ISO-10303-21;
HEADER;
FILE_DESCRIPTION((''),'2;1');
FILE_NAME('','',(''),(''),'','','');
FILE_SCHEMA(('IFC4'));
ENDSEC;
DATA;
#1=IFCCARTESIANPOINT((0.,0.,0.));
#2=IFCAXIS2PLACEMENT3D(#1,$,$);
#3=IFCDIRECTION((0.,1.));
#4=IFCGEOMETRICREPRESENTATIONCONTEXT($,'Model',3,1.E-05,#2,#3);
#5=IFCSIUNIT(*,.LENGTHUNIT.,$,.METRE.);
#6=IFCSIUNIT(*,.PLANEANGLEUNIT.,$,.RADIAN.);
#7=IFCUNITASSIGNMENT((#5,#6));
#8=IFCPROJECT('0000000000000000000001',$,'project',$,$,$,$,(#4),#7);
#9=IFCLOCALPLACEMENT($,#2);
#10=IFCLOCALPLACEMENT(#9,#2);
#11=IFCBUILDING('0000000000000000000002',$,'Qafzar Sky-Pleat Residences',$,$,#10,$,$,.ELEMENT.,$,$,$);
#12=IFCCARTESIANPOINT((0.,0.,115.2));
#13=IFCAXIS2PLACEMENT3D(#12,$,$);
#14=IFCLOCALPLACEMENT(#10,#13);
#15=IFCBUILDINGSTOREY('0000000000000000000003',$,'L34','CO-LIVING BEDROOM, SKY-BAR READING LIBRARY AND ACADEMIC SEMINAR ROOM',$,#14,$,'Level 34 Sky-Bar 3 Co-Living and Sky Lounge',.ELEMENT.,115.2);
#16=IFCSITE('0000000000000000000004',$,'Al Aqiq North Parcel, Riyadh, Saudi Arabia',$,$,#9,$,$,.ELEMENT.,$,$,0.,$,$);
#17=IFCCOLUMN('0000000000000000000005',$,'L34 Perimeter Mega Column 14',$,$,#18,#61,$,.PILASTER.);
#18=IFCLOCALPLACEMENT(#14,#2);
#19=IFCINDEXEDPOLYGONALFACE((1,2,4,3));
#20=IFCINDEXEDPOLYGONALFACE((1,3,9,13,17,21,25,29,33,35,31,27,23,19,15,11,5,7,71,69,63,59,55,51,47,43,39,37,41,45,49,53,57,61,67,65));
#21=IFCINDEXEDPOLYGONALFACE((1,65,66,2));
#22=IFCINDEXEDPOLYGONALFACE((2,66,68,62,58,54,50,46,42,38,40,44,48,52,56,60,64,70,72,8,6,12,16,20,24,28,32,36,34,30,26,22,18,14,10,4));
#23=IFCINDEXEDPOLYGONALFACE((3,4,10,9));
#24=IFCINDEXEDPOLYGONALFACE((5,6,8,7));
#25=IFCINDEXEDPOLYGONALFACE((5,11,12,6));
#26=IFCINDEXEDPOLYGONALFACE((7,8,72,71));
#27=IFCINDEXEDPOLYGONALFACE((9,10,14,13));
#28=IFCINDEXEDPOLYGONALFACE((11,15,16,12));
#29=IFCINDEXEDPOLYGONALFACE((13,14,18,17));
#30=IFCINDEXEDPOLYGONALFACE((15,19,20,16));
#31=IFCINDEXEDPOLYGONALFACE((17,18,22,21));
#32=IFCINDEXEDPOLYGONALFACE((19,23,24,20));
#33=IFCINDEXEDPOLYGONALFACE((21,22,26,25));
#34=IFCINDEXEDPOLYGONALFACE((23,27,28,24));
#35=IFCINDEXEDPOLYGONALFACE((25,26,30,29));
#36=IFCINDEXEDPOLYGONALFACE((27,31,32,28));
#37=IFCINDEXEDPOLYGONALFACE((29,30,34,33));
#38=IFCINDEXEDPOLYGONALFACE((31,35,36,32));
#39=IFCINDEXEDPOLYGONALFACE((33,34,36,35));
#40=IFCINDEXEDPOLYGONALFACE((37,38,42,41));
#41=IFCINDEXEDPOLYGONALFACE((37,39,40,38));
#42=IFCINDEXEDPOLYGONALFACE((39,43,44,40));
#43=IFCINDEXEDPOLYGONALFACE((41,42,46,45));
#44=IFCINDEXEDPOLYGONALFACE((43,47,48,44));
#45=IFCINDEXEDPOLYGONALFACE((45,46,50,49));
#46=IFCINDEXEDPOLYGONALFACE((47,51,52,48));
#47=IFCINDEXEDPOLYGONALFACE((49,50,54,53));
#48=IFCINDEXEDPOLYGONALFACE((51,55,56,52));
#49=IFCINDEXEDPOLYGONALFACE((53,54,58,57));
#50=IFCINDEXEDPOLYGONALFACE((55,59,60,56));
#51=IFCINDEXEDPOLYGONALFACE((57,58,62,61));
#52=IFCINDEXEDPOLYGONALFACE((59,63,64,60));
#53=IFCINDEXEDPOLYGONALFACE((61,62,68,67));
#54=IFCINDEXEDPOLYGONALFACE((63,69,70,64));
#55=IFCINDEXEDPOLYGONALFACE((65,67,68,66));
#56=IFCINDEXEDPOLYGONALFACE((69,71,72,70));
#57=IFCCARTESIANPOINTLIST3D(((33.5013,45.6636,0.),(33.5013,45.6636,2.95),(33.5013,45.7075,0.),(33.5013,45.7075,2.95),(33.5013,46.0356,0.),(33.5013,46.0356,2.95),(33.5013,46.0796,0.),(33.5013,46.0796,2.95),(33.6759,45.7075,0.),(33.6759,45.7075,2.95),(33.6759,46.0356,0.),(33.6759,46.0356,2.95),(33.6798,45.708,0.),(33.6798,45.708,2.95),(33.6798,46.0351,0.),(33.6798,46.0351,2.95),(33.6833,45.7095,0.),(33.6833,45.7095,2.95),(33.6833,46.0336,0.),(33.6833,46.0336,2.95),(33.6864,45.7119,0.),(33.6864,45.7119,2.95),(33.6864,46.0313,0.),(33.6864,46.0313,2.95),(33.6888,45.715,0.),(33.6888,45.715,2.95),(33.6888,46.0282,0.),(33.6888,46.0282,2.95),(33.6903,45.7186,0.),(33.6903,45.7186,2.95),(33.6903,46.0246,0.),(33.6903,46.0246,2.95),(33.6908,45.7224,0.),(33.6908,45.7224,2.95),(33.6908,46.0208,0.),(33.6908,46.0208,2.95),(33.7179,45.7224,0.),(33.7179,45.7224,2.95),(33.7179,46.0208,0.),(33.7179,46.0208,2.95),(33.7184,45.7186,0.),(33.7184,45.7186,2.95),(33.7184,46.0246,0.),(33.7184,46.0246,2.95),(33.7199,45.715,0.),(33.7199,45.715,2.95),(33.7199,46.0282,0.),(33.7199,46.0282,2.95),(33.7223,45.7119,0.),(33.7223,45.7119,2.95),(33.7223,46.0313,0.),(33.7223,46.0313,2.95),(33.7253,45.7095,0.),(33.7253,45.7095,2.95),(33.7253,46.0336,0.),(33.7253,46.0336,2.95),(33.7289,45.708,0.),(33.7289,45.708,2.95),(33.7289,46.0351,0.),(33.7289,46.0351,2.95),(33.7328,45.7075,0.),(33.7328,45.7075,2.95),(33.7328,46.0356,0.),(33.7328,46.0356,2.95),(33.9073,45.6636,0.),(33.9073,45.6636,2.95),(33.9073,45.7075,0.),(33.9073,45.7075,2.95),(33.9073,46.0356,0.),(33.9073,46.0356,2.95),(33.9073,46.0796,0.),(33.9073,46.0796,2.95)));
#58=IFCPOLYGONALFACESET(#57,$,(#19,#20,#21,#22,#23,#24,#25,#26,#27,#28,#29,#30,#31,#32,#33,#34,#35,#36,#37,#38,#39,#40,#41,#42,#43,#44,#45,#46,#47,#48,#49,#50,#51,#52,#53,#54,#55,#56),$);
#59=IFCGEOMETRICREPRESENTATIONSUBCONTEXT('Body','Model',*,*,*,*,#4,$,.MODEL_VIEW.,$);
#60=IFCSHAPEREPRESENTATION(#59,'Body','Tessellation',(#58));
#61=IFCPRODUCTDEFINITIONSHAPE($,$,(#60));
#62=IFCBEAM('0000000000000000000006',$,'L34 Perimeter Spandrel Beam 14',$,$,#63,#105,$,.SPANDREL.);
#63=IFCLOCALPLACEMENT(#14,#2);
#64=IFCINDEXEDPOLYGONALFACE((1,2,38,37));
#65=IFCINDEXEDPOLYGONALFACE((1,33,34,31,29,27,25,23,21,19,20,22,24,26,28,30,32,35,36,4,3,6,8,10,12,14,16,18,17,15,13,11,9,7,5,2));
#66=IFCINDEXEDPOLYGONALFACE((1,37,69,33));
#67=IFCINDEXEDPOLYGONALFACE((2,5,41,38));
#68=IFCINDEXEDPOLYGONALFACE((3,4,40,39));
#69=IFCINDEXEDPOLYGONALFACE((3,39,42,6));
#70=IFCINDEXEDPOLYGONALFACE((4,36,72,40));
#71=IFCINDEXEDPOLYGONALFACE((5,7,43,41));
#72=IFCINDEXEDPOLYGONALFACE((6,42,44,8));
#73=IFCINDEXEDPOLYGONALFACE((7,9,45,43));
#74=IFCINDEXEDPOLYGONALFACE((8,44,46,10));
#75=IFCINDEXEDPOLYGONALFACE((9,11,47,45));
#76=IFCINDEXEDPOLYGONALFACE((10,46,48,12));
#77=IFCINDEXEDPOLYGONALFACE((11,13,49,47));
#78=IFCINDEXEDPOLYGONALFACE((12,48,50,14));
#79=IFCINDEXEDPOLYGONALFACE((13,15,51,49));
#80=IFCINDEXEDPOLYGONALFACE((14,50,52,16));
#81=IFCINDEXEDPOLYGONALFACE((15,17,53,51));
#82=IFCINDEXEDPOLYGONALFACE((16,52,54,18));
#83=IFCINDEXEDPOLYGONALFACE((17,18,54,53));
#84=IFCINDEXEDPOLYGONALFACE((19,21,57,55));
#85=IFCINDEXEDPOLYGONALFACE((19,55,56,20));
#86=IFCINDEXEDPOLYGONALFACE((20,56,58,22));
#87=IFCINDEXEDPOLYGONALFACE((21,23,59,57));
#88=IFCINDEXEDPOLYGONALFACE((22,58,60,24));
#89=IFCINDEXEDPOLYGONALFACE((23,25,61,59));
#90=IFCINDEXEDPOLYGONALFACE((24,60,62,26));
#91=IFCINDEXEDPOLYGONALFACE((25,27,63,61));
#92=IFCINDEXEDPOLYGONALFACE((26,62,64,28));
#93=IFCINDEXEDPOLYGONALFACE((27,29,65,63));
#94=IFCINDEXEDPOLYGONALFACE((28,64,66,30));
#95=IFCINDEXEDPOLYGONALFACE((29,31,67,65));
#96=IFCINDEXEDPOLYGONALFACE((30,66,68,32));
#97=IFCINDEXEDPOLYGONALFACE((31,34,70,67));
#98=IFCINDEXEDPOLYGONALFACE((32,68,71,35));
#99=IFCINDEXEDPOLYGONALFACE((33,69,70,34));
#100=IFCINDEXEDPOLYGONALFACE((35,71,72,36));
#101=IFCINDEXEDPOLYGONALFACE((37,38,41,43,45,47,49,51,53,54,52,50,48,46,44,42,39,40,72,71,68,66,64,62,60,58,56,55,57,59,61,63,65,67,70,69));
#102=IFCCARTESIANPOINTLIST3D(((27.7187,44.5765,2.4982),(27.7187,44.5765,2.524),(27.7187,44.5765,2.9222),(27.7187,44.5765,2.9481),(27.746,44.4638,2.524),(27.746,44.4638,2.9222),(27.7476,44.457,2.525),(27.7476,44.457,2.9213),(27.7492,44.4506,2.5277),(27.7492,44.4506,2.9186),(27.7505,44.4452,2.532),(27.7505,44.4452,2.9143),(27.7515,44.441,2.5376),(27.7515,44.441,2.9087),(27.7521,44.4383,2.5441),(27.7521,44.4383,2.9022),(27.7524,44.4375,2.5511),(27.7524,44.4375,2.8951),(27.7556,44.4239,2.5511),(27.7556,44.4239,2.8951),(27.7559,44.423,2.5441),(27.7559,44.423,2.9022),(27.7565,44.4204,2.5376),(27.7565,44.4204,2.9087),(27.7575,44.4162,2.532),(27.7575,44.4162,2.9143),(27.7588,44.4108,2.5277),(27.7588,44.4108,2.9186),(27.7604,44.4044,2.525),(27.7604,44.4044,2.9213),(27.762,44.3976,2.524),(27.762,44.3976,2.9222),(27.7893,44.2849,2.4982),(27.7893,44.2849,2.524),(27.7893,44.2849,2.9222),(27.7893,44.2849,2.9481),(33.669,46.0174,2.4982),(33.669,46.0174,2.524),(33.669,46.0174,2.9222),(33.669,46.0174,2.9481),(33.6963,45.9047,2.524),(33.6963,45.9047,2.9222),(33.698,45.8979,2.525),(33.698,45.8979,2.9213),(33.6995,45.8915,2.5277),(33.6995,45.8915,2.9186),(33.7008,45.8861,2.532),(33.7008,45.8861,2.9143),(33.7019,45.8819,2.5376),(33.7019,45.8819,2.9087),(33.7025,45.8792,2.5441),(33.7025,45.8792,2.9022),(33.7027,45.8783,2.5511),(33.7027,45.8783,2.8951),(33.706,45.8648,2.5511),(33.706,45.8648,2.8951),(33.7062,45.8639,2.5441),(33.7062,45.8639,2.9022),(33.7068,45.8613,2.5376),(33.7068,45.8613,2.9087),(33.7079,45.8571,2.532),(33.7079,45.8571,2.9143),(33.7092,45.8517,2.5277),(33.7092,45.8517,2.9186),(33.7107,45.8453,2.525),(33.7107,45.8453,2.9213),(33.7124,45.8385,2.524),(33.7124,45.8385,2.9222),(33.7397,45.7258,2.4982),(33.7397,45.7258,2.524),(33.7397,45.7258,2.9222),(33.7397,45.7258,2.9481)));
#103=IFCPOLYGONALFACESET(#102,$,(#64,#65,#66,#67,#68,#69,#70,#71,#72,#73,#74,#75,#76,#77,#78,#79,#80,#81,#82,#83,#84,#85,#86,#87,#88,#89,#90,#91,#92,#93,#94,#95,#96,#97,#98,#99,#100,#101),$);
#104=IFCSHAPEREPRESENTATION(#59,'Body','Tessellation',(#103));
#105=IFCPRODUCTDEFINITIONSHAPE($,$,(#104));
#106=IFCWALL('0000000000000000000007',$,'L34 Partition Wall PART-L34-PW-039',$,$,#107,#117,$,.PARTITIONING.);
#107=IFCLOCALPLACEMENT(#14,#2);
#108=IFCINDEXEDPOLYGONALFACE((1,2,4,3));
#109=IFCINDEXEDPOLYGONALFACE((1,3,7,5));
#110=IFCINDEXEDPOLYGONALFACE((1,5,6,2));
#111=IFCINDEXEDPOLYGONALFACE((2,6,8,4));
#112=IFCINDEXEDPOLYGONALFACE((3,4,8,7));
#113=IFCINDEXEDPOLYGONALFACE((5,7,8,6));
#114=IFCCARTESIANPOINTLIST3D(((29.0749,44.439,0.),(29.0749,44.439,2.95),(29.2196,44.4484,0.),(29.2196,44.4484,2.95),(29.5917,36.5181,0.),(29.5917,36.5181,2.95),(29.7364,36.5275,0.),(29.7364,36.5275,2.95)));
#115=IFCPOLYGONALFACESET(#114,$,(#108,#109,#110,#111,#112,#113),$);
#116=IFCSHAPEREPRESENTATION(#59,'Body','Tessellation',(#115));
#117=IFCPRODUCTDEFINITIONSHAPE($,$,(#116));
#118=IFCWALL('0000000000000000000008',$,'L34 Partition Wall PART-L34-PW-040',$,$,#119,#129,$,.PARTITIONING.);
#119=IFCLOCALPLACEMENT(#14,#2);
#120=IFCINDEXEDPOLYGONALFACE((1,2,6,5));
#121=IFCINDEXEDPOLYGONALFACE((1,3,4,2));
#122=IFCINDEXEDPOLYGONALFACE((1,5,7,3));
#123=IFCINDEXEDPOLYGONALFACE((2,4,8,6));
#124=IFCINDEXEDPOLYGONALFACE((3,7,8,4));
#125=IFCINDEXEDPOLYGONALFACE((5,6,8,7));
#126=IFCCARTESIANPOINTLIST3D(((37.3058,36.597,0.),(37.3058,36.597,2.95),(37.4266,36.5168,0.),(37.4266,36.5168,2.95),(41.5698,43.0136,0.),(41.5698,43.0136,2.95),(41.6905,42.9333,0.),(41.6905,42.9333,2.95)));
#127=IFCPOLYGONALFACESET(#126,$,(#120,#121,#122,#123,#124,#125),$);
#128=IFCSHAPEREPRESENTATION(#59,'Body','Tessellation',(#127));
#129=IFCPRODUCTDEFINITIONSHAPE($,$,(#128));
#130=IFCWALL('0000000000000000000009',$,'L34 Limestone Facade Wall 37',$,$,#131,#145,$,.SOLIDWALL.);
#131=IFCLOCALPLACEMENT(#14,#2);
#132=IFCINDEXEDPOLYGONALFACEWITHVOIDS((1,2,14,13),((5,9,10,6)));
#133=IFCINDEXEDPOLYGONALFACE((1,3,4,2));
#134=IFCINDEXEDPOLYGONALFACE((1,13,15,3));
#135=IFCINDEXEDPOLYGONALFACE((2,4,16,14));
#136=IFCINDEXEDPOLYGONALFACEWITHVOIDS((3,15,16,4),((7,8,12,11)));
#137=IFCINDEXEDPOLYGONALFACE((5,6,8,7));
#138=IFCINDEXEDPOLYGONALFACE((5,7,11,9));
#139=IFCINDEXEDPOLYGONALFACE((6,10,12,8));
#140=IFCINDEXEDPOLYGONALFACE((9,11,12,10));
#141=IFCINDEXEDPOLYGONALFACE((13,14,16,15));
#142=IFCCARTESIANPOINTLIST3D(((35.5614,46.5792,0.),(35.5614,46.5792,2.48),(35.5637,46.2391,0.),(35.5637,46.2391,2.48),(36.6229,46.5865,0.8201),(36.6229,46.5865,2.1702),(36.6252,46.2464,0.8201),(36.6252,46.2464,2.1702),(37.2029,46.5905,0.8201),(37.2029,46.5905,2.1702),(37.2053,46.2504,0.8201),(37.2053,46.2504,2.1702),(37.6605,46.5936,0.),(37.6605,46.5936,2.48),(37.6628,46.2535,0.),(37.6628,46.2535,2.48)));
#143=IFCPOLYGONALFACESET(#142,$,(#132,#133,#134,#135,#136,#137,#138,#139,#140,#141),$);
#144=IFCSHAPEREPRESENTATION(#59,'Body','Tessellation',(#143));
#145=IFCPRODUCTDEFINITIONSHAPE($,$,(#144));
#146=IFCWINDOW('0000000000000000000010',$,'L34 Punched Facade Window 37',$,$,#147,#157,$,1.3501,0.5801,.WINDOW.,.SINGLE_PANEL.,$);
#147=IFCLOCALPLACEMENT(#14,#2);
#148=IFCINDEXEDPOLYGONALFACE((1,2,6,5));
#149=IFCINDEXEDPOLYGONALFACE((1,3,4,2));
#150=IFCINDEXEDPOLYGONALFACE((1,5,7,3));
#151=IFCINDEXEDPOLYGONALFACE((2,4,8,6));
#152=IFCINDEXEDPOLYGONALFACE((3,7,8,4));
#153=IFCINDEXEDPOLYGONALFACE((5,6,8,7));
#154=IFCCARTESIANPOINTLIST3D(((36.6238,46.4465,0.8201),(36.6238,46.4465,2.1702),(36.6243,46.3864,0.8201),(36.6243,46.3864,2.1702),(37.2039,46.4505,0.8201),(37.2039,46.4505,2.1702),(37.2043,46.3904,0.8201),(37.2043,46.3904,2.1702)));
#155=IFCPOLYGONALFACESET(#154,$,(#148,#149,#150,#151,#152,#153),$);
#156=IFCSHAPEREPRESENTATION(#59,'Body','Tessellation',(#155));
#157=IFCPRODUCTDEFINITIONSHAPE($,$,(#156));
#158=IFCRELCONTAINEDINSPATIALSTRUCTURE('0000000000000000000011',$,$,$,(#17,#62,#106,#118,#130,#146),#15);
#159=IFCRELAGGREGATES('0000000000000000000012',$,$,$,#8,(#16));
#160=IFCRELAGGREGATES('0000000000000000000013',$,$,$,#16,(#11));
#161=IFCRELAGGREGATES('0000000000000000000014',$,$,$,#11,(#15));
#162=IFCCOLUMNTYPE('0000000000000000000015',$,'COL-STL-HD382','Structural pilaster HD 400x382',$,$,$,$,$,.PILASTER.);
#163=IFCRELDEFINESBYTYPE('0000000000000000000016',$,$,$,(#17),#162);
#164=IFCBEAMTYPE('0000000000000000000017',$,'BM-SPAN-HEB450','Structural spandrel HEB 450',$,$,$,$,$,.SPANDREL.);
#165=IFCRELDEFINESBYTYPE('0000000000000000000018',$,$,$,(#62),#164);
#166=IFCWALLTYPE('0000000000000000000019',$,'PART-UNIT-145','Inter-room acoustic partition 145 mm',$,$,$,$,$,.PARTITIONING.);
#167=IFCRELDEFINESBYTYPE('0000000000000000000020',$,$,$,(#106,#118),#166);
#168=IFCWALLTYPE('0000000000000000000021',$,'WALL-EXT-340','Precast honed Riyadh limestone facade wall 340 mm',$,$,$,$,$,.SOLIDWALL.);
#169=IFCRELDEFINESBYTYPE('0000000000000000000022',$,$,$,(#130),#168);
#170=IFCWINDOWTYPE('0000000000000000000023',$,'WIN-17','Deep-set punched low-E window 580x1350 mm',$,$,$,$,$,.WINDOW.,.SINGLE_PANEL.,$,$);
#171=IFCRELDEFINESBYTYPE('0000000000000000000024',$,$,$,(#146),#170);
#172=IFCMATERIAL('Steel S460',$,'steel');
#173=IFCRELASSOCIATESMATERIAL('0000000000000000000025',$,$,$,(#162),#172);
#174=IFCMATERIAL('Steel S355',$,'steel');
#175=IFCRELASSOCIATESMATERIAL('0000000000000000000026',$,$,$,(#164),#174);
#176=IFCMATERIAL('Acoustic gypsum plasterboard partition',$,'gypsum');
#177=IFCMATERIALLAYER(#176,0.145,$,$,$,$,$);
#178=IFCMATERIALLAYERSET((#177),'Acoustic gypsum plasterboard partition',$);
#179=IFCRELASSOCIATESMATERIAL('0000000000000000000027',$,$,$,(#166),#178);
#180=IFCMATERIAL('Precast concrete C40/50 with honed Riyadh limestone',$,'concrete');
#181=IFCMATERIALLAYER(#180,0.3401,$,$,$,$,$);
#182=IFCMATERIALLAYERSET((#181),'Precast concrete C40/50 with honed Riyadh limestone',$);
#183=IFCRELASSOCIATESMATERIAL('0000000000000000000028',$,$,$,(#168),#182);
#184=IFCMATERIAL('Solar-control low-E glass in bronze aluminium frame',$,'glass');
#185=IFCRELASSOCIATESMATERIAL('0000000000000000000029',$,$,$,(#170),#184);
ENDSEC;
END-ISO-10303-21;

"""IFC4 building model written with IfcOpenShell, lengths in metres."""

from ifc_helpers import new_model, si_unit, direction, frame, frame_2d, origin, origin_2d, place, context, subcontext, project, spatial, rectangle, i_section, extrude, source, transform, mapped, material, layer, layer_set, material_profile, profile_set, type_object, element, fill, save


model = new_model("IFC4")

# Units and contexts
model_context = context("Model", 3, precision=1e-05, world=origin(), true_north=direction((0.0, 1.0)))
body_context = subcontext(model_context, "Body", "Model", "MODEL_VIEW")
ifc_project = project(units=[si_unit("LENGTHUNIT", "METRE"), si_unit("PLANEANGLEUNIT", "RADIAN")], contexts=[model_context])

# Site, building, storey
site_placement = place(None, origin())
site = spatial("IfcSite", under=ifc_project, at=site_placement, Name="Al Aqiq North Parcel, Riyadh, Saudi Arabia", CompositionType="ELEMENT", RefElevation=0.0)
building_placement = place(site_placement, origin())
building = spatial("IfcBuilding", under=site, at=building_placement, Name="Qafzar Sky-Pleat Residences", CompositionType="ELEMENT")
storey_placement = place(building_placement, frame((0.0, 0.0, 115.2)))
storey = spatial("IfcBuildingStorey", under=building, at=storey_placement, Name="L34", Description="CO-LIVING BEDROOM, SKY-BAR READING LIBRARY AND ACADEMIC SEMINAR ROOM", LongName="Level 34 Sky-Bar 3 Co-Living and Sky Lounge", CompositionType="ELEMENT", Elevation=115.2)

# Column
ifc_material_1 = material(Name="Steel S460", Category="steel")
ifc_material_profile_1 = material_profile(ifc_material_1, i_section(OverallWidth=0.406, OverallDepth=0.416, WebThickness=0.0271, FlangeThickness=0.0439, FilletRadius=0.0149, at=origin_2d()), Name="HD 400x382")
ifc_profile_set_1 = profile_set([ifc_material_profile_1], Name="Steel S460")
column_type = type_object("IfcColumnType", Name="COL-STL-HD382", Description="Structural pilaster HD 400x382", PredefinedType="PILASTER", material=ifc_profile_set_1)
shared_shape_1 = source(origin(), body_context, "Body", "SweptSolid", [
    extrude(i_section(OverallWidth=0.406, OverallDepth=0.416, WebThickness=0.0271, FlangeThickness=0.0439, FilletRadius=0.0149, at=origin_2d()), origin(), (0.0, 0.0, 1.0), 2.95),
])
column_placement = place(storey_placement, frame((33.7043, 45.8716, 0.0), z_axis=(0.0, 0.0, 1.0), x_axis=(1.0, 0.0, 0.0)))
element("IfcColumn", 1, at=column_placement, inside=storey, type_object=column_type, Name="L34 Perimeter Mega Column 14", PredefinedType="PILASTER", context=body_context, shape_type="MappedRepresentation", body=[
    mapped(shared_shape_1, transform((0.0, 0.0, 0.0), x_axis=(1.0, 0.0, 0.0), y_axis=(0.0, 1.0, 0.0), z_axis=(0.0, 0.0, 1.0), scale=1.0)),
])

# Beam
ifc_material_2 = material(Name="Steel S355", Category="steel")
ifc_material_profile_2 = material_profile(ifc_material_2, i_section(OverallWidth=0.3, OverallDepth=0.45, WebThickness=0.0139, FlangeThickness=0.0259, FilletRadius=0.0271, at=origin_2d()), Name="HEB 450")
ifc_profile_set_2 = profile_set([ifc_material_profile_2], Name="Steel S355")
beam_type = type_object("IfcBeamType", Name="BM-SPAN-HEB450", Description="Structural spandrel HEB 450", PredefinedType="SPANDREL", material=ifc_profile_set_2)
shared_shape_2 = source(origin(), body_context, "Body", "SweptSolid", [
    extrude(i_section(OverallWidth=0.3, OverallDepth=0.45, WebThickness=0.0139, FlangeThickness=0.0259, FilletRadius=0.0271, at=origin_2d()), origin(), (0.0, 0.0, 1.0), 6.1223),
])
beam_placement = place(storey_placement, frame((33.7043, 45.8716, 2.7231), z_axis=(-0.97191, -0.235351, 0.0), x_axis=(0.235351, -0.97191, 0.0)))
element("IfcBeam", 2, at=beam_placement, inside=storey, type_object=beam_type, Name="L34 Perimeter Spandrel Beam 14", PredefinedType="SPANDREL", context=body_context, shape_type="MappedRepresentation", body=[
    mapped(shared_shape_2, transform((0.0, 0.0, 0.0), x_axis=(1.0, 0.0, 0.0), y_axis=(0.0, 1.0, 0.0), z_axis=(0.0, 0.0, 1.0), scale=1.0)),
])

# Walls
ifc_material_3 = material(Name="Acoustic gypsum plasterboard partition", Category="gypsum")
ifc_layer_1 = layer(ifc_material_3, 0.145)
ifc_layer_set_1 = layer_set([ifc_layer_1], Name="Acoustic gypsum plasterboard partition")
wall_type_1 = type_object("IfcWallType", Name="PART-UNIT-145", Description="Inter-room acoustic partition 145 mm", PredefinedType="PARTITIONING", material=ifc_layer_set_1)
wall_1_placement = place(storey_placement, frame((29.1472, 44.4436, 0.0), z_axis=(0.0, 0.0, 1.0), x_axis=(0.065112, -0.997878, 0.0)))
element("IfcWall", 3, at=wall_1_placement, inside=storey, type_object=wall_type_1, Name="L34 Partition Wall PART-L34-PW-039", PredefinedType="PARTITIONING", context=body_context, shape_type="SweptSolid", body=[
    extrude(rectangle(XDim=7.9377, YDim=0.145, at=frame_2d((3.9688, 0.0))), origin(), (0.0, 0.0, 1.0), 2.95),
])
wall_2_placement = place(storey_placement, frame((37.3662, 36.5569, 0.0), z_axis=(0.0, 0.0, 1.0), x_axis=(0.553464, 0.832873, 0.0)))
element("IfcWall", 4, at=wall_2_placement, inside=storey, type_object=wall_type_1, Name="L34 Partition Wall PART-L34-PW-040", PredefinedType="PARTITIONING", context=body_context, shape_type="SweptSolid", body=[
    extrude(rectangle(XDim=7.7041, YDim=0.145, at=frame_2d((3.8521, 0.0))), origin(), (0.0, 0.0, 1.0), 2.95),
])

# Wall, opening, window
ifc_material_4 = material(Name="Precast concrete C40/50 with honed Riyadh limestone", Category="concrete")
ifc_layer_2 = layer(ifc_material_4, 0.3401)
ifc_layer_set_2 = layer_set([ifc_layer_2], Name="Precast concrete C40/50 with honed Riyadh limestone")
wall_type_2 = type_object("IfcWallType", Name="WALL-EXT-340", Description="Precast honed Riyadh limestone facade wall 340 mm", PredefinedType="SOLIDWALL", material=ifc_layer_set_2)
wall_3_placement = place(storey_placement, frame((37.6616, 46.4236, 0.0), z_axis=(0.0, 0.0, 1.0), x_axis=(-0.999976, -0.006862, 0.0)))
wall_3 = element("IfcWall", 5, at=wall_3_placement, inside=storey, type_object=wall_type_2, Name="L34 Limestone Facade Wall 37", PredefinedType="SOLIDWALL", context=body_context, shape_type="SweptSolid", body=[
    extrude(rectangle(XDim=2.0991, YDim=0.3401, at=frame_2d((1.0496, 0.0))), origin(), (0.0, 0.0, 1.0), 2.48),
])
opening_1_placement = place(wall_3_placement, frame((0.4575, 0.0, 0.8201)))
opening_1 = element("IfcOpeningElement", 6, at=opening_1_placement, cuts=wall_3, PredefinedType="OPENING", context=body_context, shape_type="SweptSolid", body=[
    extrude(rectangle(XDim=0.5801, YDim=1.3501, at=frame_2d((0.29, 0.675))), frame((0.0, 0.1802, 0.0), z_axis=(0.0, -1.0, 0.0), x_axis=(1.0, 0.0, 0.0)), (0.0, 0.0, 1.0), 0.3601),
])
ifc_material_5 = material(Name="Solar-control low-E glass in bronze aluminium frame", Category="glass")
window_type_1 = type_object("IfcWindowType", Name="WIN-17", Description="Deep-set punched low-E window 580x1350 mm", PartitioningType="SINGLE_PANEL", PredefinedType="WINDOW", material=ifc_material_5)
shared_shape_3 = source(origin(), body_context, "Body", "SweptSolid", [
    extrude(rectangle(XDim=0.5801, YDim=1.3501, at=frame_2d((0.29, 0.675))), frame((0.0, 0.03, 0.0), z_axis=(0.0, -1.0, 0.0), x_axis=(1.0, 0.0, 0.0)), (0.0, 0.0, 1.0), 0.0601),
])
window_1_placement = place(opening_1_placement, origin())
window_1 = element("IfcWindow", 7, at=window_1_placement, inside=storey, type_object=window_type_1, Name="L34 Punched Facade Window 37", OverallHeight=1.3501, OverallWidth=0.5801, PartitioningType="SINGLE_PANEL", PredefinedType="WINDOW", context=body_context, shape_type="MappedRepresentation", body=[
    mapped(shared_shape_3, transform((0.0, 0.0, 0.0), x_axis=(1.0, 0.0, 0.0), y_axis=(0.0, 1.0, 0.0), z_axis=(0.0, 0.0, 1.0), scale=1.0)),
])
fill(opening_1, window_1)

save(model, "model.ifc")
